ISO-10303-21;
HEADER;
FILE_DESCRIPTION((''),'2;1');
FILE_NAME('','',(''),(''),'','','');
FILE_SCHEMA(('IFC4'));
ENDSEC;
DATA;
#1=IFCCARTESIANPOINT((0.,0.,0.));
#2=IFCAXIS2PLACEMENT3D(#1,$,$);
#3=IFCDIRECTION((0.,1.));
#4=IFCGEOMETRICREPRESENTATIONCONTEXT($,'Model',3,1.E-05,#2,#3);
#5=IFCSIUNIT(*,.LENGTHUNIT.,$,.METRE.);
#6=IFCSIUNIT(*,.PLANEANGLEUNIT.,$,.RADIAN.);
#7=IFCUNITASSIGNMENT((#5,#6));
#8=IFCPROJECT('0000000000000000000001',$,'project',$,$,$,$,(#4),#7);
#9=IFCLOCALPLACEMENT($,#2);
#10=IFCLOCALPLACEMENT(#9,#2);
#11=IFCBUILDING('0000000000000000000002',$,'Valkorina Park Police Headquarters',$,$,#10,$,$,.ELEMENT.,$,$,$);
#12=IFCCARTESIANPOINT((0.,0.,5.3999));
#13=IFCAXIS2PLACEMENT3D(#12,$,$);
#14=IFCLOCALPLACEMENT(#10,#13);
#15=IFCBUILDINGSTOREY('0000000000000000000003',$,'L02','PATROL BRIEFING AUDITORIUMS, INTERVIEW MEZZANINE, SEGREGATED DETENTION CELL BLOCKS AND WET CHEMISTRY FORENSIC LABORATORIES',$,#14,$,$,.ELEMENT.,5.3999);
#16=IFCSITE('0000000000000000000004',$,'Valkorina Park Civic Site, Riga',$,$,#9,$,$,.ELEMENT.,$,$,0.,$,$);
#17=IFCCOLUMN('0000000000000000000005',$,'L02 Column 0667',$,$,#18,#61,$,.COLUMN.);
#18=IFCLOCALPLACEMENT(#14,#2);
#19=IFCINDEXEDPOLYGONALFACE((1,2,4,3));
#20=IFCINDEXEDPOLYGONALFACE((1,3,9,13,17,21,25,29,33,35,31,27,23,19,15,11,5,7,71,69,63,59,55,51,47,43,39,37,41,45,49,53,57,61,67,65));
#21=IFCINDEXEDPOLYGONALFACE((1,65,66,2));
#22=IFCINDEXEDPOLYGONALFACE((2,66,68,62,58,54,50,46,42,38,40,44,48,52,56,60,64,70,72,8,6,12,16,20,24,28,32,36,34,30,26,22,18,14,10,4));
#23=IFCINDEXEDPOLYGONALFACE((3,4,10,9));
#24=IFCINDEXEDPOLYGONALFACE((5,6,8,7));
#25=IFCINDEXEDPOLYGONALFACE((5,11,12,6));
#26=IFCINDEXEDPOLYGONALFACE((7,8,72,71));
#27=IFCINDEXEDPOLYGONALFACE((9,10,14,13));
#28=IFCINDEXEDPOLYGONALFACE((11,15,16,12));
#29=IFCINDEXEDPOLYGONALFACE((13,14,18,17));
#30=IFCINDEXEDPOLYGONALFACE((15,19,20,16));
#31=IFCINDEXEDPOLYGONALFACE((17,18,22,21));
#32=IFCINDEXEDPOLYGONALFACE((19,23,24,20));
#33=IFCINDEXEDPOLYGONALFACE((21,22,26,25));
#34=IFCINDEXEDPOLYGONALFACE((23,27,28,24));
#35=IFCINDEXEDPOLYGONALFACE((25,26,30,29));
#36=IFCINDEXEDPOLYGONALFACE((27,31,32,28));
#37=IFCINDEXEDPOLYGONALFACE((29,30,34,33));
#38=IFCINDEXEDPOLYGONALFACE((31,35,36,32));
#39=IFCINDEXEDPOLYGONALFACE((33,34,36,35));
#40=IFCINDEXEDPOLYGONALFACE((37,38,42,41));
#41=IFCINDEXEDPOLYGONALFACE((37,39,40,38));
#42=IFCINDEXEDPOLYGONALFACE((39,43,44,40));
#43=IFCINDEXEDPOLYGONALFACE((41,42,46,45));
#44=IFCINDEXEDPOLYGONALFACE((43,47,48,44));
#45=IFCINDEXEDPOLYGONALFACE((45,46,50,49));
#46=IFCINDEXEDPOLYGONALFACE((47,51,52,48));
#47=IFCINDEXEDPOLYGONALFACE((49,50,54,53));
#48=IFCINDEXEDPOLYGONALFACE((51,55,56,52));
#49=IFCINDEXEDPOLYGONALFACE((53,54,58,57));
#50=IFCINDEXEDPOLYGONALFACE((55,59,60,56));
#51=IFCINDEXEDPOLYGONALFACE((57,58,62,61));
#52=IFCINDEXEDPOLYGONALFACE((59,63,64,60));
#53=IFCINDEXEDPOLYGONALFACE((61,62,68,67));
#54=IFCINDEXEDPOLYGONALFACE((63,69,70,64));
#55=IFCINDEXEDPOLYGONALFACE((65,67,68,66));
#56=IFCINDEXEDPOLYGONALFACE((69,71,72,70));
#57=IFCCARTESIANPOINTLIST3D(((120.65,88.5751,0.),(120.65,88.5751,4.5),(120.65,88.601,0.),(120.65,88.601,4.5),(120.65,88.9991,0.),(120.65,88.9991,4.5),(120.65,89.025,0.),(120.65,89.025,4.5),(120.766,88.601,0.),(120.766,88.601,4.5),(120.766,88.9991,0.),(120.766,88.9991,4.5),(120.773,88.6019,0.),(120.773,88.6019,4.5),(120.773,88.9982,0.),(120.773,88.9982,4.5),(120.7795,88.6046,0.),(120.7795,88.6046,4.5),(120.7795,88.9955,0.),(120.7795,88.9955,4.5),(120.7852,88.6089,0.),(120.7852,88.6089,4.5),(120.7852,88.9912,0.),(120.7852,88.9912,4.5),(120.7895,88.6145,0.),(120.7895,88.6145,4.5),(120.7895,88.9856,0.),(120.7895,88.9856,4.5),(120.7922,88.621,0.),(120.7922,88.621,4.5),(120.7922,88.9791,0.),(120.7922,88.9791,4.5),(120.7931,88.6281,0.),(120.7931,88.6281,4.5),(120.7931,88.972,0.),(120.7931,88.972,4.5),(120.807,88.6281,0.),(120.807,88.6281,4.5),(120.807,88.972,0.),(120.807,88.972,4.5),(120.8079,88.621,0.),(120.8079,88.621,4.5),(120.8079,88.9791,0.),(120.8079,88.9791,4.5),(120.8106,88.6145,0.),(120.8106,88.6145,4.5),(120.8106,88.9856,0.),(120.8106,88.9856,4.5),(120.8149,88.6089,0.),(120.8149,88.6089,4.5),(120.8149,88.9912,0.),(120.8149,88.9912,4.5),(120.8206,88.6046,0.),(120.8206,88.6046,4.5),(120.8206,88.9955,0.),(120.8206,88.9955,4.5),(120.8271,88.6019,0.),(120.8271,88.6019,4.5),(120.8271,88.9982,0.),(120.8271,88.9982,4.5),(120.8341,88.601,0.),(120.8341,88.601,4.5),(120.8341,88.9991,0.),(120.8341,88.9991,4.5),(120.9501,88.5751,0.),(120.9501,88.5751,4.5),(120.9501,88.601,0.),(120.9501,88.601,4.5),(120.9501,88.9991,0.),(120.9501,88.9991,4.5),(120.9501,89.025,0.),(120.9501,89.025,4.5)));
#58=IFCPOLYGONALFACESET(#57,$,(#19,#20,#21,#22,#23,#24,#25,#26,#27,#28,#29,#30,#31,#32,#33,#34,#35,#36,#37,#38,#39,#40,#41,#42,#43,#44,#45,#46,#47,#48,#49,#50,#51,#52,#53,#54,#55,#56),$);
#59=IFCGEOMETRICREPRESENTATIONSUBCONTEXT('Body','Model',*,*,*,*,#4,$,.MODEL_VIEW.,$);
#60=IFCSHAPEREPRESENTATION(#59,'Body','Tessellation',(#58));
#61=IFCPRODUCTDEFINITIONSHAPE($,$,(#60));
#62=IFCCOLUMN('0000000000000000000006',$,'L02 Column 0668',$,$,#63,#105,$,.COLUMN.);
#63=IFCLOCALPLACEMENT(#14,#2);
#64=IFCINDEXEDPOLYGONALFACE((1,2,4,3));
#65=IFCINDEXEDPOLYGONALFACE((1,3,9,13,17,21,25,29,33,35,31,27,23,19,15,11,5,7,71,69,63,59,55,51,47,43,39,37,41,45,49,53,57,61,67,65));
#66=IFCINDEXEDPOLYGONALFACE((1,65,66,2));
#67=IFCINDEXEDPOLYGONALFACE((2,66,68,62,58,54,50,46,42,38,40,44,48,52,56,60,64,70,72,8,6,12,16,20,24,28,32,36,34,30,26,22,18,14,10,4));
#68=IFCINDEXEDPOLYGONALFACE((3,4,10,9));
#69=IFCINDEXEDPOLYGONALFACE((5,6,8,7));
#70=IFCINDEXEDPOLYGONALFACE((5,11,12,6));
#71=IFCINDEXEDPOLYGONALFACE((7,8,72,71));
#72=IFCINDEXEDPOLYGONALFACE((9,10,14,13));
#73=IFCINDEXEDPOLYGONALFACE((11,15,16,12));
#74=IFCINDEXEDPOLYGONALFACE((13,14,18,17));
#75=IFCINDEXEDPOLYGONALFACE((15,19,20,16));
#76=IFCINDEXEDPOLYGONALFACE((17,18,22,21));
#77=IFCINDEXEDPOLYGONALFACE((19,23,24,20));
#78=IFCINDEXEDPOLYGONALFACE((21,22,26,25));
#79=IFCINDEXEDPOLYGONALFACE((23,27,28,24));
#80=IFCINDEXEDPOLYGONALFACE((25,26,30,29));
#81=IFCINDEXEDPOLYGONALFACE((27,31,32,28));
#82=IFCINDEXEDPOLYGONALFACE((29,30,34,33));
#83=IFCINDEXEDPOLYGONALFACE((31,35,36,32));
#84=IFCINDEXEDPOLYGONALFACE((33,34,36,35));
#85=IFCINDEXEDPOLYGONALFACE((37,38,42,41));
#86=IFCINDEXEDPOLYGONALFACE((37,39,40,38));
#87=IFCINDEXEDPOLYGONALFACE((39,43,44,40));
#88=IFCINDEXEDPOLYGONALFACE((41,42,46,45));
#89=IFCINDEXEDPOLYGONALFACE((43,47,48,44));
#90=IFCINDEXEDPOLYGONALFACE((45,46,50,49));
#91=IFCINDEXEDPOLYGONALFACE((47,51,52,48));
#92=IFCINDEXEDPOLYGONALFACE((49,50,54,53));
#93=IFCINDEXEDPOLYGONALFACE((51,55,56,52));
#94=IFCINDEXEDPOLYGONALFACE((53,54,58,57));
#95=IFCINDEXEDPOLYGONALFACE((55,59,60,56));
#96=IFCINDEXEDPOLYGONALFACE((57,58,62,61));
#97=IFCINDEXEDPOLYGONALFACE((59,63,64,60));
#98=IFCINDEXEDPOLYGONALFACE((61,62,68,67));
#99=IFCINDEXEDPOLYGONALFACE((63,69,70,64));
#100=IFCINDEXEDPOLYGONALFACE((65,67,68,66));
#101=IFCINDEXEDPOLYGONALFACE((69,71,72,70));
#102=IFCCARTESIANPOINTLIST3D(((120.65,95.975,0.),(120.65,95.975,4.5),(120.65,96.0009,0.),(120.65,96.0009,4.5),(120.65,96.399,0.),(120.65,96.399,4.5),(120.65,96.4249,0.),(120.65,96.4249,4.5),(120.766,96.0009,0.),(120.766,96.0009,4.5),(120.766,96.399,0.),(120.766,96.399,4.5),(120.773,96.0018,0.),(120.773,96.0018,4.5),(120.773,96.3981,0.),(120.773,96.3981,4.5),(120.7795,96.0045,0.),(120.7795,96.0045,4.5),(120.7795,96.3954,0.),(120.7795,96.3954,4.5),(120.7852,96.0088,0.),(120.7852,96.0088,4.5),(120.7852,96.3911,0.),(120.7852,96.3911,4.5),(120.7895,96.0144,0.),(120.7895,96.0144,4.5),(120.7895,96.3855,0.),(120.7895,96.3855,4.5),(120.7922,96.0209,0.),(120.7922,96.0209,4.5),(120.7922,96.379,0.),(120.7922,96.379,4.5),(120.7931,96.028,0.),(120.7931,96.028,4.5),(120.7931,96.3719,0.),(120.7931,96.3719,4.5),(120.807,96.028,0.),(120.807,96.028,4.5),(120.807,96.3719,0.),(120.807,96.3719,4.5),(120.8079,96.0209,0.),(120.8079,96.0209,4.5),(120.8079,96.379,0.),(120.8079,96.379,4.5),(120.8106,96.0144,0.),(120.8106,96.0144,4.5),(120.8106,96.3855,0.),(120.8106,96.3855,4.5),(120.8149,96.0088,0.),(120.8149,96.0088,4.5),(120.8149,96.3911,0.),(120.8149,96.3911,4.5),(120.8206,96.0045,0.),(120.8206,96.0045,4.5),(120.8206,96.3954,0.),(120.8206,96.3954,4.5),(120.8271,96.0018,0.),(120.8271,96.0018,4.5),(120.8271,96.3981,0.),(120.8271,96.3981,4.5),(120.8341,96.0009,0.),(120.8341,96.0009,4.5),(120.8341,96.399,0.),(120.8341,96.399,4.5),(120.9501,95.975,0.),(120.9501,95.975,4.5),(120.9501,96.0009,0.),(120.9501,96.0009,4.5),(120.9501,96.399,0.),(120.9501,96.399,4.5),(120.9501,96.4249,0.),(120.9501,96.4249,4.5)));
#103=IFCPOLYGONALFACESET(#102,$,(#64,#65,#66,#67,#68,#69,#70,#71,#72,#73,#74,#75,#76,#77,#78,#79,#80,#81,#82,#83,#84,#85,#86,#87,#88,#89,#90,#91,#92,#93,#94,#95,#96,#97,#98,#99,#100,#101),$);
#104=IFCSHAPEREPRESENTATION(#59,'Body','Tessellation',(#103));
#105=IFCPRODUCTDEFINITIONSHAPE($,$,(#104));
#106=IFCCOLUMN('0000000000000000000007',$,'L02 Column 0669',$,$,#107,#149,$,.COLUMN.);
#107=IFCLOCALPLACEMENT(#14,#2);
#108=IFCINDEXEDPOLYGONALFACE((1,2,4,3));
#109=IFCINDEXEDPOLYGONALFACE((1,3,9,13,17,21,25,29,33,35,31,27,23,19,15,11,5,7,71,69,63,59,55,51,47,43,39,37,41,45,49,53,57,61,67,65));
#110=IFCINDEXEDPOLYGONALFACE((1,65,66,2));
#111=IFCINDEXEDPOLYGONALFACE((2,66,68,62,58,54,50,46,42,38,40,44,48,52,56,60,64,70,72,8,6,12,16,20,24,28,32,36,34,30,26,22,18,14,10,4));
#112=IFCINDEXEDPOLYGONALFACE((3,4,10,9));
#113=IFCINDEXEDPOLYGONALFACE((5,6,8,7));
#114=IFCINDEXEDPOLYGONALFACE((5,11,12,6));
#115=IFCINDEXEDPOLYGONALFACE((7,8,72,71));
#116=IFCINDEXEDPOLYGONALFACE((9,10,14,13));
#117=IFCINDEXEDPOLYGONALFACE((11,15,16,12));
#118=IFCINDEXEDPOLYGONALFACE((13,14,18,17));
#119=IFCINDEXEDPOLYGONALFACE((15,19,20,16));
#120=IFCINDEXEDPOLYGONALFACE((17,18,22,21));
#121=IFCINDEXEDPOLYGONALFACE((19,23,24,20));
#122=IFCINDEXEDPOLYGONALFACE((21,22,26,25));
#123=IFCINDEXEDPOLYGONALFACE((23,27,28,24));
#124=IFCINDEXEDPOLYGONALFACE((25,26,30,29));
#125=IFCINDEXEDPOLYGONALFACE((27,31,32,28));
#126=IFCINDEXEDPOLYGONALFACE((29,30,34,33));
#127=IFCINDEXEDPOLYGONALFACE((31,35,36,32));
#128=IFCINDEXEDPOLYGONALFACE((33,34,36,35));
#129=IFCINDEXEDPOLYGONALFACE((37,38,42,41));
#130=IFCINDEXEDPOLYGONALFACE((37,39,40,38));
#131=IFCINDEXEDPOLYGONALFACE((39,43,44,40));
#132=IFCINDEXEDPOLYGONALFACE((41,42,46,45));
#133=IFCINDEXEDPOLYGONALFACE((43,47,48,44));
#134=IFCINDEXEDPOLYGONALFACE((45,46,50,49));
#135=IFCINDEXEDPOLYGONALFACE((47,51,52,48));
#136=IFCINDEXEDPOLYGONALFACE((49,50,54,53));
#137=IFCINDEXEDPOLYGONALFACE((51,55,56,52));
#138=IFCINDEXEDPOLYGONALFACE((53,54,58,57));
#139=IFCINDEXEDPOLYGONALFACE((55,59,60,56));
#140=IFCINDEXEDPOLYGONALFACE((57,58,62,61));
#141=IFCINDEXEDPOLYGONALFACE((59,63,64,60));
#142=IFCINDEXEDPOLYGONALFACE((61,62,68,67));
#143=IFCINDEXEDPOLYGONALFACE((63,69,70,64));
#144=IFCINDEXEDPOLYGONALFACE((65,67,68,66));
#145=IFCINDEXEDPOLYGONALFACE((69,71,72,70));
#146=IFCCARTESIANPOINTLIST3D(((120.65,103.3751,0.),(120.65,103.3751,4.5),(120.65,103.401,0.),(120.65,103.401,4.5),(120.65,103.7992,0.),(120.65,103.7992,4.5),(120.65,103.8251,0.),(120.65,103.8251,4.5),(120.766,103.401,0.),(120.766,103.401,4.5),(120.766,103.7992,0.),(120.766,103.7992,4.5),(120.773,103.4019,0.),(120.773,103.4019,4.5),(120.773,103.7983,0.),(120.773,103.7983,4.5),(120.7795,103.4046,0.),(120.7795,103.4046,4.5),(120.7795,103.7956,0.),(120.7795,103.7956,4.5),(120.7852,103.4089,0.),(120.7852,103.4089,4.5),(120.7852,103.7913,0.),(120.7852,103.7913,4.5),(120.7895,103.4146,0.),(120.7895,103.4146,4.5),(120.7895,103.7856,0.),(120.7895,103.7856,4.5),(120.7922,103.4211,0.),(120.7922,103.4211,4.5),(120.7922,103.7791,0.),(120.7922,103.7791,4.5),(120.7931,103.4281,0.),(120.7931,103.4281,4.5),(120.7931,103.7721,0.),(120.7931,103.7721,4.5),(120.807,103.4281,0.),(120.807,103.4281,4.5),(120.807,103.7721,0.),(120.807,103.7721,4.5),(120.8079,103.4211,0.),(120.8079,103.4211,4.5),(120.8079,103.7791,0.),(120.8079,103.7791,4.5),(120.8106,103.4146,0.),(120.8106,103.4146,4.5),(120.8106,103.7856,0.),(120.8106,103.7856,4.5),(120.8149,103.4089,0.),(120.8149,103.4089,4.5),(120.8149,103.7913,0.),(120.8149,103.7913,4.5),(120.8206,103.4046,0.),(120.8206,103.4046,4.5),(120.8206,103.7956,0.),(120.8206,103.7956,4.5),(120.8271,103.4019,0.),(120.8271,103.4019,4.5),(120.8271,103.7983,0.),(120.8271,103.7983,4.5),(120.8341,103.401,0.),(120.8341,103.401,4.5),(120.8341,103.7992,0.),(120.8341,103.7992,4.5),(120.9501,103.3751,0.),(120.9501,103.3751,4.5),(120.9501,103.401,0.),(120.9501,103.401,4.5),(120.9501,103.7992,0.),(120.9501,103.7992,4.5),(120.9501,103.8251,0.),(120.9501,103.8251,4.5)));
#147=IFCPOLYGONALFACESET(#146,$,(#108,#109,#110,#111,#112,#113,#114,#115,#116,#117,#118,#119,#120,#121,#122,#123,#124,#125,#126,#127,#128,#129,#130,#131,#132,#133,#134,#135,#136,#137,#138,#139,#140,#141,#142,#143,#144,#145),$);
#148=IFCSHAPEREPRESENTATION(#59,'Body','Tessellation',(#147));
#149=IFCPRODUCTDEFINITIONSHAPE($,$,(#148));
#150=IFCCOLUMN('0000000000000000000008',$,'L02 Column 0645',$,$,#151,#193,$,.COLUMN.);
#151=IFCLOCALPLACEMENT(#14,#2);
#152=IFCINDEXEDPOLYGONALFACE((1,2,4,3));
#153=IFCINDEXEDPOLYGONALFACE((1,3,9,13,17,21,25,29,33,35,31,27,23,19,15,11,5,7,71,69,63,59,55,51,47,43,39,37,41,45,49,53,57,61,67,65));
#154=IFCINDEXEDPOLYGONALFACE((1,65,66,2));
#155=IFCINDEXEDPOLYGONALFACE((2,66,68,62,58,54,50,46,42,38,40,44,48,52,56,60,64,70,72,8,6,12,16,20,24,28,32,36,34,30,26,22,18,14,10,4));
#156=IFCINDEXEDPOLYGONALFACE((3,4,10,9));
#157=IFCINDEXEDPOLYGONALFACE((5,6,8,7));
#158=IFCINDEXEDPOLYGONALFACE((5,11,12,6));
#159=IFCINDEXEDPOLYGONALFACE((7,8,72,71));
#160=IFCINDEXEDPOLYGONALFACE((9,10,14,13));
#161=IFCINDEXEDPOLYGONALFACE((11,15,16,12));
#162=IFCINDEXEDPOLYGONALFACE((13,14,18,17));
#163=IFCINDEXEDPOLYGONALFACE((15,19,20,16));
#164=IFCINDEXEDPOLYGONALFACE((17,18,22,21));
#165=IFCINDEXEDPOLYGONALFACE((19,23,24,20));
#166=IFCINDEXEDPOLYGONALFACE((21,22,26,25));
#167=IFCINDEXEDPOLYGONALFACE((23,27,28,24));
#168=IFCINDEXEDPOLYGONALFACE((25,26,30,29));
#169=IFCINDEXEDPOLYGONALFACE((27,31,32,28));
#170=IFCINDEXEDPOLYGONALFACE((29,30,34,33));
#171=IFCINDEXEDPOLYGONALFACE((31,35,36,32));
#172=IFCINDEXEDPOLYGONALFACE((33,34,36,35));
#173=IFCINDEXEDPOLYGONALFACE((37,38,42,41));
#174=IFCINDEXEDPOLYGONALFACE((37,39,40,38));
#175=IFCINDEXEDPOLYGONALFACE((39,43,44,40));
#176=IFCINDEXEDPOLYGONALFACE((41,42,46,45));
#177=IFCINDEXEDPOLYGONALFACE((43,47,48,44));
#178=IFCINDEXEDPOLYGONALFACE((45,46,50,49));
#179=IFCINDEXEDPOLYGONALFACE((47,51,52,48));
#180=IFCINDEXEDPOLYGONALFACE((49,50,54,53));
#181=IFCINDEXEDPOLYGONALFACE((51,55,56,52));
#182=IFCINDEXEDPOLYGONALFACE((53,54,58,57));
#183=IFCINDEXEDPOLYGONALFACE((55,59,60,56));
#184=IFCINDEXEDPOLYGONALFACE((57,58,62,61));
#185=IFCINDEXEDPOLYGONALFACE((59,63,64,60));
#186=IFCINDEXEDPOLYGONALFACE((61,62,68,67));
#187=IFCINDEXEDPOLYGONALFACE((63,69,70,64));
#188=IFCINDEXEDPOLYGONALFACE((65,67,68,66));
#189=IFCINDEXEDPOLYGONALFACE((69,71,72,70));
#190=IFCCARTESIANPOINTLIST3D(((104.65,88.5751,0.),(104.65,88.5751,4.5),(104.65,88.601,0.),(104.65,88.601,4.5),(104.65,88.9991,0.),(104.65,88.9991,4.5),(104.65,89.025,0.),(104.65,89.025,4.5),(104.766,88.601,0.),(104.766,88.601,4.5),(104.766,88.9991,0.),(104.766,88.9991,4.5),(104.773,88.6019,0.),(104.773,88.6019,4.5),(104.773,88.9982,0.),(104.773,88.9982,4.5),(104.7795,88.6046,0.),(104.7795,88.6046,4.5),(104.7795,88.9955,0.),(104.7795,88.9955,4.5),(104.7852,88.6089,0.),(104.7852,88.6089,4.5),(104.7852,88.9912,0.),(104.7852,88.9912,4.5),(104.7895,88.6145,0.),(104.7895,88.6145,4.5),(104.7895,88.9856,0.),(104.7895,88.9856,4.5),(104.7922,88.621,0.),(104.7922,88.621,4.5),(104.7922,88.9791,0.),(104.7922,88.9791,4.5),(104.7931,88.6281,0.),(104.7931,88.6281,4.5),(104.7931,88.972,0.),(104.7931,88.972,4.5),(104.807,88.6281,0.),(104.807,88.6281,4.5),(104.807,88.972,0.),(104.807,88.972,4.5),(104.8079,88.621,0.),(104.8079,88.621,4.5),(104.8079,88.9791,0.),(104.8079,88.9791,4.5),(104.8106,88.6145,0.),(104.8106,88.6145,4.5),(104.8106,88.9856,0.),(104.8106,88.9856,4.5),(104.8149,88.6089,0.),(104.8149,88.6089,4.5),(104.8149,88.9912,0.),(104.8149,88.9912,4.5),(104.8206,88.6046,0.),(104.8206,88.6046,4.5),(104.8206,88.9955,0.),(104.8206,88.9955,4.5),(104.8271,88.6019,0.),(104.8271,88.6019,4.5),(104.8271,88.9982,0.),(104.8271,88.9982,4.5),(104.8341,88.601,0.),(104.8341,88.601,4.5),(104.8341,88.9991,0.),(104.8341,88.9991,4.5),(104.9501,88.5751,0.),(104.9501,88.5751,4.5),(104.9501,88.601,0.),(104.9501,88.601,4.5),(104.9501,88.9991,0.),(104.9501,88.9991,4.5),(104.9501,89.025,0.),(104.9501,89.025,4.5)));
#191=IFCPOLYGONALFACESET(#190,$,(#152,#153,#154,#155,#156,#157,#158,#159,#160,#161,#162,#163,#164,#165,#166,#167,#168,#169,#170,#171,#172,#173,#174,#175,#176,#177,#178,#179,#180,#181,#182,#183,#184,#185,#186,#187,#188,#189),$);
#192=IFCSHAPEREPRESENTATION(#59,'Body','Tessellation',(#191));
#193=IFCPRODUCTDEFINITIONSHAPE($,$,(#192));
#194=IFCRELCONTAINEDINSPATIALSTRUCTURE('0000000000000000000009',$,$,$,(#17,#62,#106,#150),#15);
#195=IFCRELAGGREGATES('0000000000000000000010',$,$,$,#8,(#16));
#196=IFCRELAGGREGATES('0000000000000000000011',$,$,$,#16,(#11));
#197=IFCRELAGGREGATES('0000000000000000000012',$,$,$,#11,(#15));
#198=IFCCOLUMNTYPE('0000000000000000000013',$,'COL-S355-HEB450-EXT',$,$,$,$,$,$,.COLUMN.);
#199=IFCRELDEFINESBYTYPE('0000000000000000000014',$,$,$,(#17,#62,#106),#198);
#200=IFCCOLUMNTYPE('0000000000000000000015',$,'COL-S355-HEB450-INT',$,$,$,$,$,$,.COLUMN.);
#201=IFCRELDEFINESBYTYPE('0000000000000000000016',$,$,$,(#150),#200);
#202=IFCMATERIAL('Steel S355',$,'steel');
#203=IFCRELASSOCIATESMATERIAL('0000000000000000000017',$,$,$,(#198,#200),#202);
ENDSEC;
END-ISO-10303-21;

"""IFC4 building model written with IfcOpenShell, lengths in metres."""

from ifc_helpers import new_model, si_unit, direction, frame, origin, origin_2d, place, context, subcontext, project, spatial, i_section, extrude, material, material_profile, profile_set, type_object, element, save


model = new_model("IFC4")

# Units and contexts
model_context = context("Model", 3, precision=1e-05, world=origin(), true_north=direction((0.0, 1.0)))
body_context = subcontext(model_context, "Body", "Model", "MODEL_VIEW")
ifc_project = project(units=[si_unit("LENGTHUNIT", "METRE"), si_unit("PLANEANGLEUNIT", "RADIAN")], contexts=[model_context])

# Site, building, storey
site_placement = place(None, origin())
site = spatial("IfcSite", under=ifc_project, at=site_placement, Name="Valkorina Park Civic Site, Riga", CompositionType="ELEMENT", RefElevation=0.0)
building_placement = place(site_placement, origin())
building = spatial("IfcBuilding", under=site, at=building_placement, Name="Valkorina Park Police Headquarters", CompositionType="ELEMENT")
storey_placement = place(building_placement, frame((0.0, 0.0, 5.3999)))
storey = spatial("IfcBuildingStorey", under=building, at=storey_placement, Name="L02", Description="PATROL BRIEFING AUDITORIUMS, INTERVIEW MEZZANINE, SEGREGATED DETENTION CELL BLOCKS AND WET CHEMISTRY FORENSIC LABORATORIES", CompositionType="ELEMENT", Elevation=5.3999)

# Columns
ifc_material_1 = material(Name="Steel S355", Category="steel")
ifc_material_profile_1 = material_profile(ifc_material_1, i_section(OverallWidth=0.3, OverallDepth=0.45, WebThickness=0.0139, FlangeThickness=0.0259, FilletRadius=0.0271, at=origin_2d()), Name="HEB 450")
ifc_profile_set_1 = profile_set([ifc_material_profile_1], Name="Steel S355")
column_type_1 = type_object("IfcColumnType", Name="COL-S355-HEB450-EXT", PredefinedType="COLUMN", material=ifc_profile_set_1)
for number, where, z_axis, x_axis, name in (
    (1, (120.8, 88.8, 0.0), (0.0, 0.0, 1.0), (1.0, 0.0, 0.0), "L02 Column 0667"),
    (2, (120.8, 96.2, 0.0), (0.0, 0.0, 1.0), (1.0, 0.0, 0.0), "L02 Column 0668"),
    (3, (120.8, 103.6001, 0.0), (0.0, 0.0, 1.0), (1.0, 0.0, 0.0), "L02 Column 0669"),
):
    element("IfcColumn", number, at=place(storey_placement, frame(where, z_axis=z_axis, x_axis=x_axis)), inside=storey, type_object=column_type_1, Name=name, PredefinedType="COLUMN", context=body_context, shape_type="SweptSolid", body=[
        extrude(i_section(OverallWidth=0.3, OverallDepth=0.45, WebThickness=0.0139, FlangeThickness=0.0259, FilletRadius=0.0271, at=origin_2d()), origin(), (0.0, 0.0, 1.0), 4.5),
    ])
ifc_material_profile_2 = material_profile(ifc_material_1, i_section(OverallWidth=0.3, OverallDepth=0.45, WebThickness=0.0139, FlangeThickness=0.0259, FilletRadius=0.0271, at=origin_2d()), Name="HEB 450")
ifc_profile_set_2 = profile_set([ifc_material_profile_2], Name="Steel S355")
column_type_2 = type_object("IfcColumnType", Name="COL-S355-HEB450-INT", PredefinedType="COLUMN", material=ifc_profile_set_2)
for number, where, z_axis, x_axis, name in (
    (4, (104.8, 88.8, 0.0), (0.0, 0.0, 1.0), (1.0, 0.0, 0.0), "L02 Column 0645"),
):
    element("IfcColumn", number, at=place(storey_placement, frame(where, z_axis=z_axis, x_axis=x_axis)), inside=storey, type_object=column_type_2, Name=name, PredefinedType="COLUMN", context=body_context, shape_type="SweptSolid", body=[
        extrude(i_section(OverallWidth=0.3, OverallDepth=0.45, WebThickness=0.0139, FlangeThickness=0.0259, FilletRadius=0.0271, at=origin_2d()), origin(), (0.0, 0.0, 1.0), 4.5),
    ])

save(model, "model.ifc")
